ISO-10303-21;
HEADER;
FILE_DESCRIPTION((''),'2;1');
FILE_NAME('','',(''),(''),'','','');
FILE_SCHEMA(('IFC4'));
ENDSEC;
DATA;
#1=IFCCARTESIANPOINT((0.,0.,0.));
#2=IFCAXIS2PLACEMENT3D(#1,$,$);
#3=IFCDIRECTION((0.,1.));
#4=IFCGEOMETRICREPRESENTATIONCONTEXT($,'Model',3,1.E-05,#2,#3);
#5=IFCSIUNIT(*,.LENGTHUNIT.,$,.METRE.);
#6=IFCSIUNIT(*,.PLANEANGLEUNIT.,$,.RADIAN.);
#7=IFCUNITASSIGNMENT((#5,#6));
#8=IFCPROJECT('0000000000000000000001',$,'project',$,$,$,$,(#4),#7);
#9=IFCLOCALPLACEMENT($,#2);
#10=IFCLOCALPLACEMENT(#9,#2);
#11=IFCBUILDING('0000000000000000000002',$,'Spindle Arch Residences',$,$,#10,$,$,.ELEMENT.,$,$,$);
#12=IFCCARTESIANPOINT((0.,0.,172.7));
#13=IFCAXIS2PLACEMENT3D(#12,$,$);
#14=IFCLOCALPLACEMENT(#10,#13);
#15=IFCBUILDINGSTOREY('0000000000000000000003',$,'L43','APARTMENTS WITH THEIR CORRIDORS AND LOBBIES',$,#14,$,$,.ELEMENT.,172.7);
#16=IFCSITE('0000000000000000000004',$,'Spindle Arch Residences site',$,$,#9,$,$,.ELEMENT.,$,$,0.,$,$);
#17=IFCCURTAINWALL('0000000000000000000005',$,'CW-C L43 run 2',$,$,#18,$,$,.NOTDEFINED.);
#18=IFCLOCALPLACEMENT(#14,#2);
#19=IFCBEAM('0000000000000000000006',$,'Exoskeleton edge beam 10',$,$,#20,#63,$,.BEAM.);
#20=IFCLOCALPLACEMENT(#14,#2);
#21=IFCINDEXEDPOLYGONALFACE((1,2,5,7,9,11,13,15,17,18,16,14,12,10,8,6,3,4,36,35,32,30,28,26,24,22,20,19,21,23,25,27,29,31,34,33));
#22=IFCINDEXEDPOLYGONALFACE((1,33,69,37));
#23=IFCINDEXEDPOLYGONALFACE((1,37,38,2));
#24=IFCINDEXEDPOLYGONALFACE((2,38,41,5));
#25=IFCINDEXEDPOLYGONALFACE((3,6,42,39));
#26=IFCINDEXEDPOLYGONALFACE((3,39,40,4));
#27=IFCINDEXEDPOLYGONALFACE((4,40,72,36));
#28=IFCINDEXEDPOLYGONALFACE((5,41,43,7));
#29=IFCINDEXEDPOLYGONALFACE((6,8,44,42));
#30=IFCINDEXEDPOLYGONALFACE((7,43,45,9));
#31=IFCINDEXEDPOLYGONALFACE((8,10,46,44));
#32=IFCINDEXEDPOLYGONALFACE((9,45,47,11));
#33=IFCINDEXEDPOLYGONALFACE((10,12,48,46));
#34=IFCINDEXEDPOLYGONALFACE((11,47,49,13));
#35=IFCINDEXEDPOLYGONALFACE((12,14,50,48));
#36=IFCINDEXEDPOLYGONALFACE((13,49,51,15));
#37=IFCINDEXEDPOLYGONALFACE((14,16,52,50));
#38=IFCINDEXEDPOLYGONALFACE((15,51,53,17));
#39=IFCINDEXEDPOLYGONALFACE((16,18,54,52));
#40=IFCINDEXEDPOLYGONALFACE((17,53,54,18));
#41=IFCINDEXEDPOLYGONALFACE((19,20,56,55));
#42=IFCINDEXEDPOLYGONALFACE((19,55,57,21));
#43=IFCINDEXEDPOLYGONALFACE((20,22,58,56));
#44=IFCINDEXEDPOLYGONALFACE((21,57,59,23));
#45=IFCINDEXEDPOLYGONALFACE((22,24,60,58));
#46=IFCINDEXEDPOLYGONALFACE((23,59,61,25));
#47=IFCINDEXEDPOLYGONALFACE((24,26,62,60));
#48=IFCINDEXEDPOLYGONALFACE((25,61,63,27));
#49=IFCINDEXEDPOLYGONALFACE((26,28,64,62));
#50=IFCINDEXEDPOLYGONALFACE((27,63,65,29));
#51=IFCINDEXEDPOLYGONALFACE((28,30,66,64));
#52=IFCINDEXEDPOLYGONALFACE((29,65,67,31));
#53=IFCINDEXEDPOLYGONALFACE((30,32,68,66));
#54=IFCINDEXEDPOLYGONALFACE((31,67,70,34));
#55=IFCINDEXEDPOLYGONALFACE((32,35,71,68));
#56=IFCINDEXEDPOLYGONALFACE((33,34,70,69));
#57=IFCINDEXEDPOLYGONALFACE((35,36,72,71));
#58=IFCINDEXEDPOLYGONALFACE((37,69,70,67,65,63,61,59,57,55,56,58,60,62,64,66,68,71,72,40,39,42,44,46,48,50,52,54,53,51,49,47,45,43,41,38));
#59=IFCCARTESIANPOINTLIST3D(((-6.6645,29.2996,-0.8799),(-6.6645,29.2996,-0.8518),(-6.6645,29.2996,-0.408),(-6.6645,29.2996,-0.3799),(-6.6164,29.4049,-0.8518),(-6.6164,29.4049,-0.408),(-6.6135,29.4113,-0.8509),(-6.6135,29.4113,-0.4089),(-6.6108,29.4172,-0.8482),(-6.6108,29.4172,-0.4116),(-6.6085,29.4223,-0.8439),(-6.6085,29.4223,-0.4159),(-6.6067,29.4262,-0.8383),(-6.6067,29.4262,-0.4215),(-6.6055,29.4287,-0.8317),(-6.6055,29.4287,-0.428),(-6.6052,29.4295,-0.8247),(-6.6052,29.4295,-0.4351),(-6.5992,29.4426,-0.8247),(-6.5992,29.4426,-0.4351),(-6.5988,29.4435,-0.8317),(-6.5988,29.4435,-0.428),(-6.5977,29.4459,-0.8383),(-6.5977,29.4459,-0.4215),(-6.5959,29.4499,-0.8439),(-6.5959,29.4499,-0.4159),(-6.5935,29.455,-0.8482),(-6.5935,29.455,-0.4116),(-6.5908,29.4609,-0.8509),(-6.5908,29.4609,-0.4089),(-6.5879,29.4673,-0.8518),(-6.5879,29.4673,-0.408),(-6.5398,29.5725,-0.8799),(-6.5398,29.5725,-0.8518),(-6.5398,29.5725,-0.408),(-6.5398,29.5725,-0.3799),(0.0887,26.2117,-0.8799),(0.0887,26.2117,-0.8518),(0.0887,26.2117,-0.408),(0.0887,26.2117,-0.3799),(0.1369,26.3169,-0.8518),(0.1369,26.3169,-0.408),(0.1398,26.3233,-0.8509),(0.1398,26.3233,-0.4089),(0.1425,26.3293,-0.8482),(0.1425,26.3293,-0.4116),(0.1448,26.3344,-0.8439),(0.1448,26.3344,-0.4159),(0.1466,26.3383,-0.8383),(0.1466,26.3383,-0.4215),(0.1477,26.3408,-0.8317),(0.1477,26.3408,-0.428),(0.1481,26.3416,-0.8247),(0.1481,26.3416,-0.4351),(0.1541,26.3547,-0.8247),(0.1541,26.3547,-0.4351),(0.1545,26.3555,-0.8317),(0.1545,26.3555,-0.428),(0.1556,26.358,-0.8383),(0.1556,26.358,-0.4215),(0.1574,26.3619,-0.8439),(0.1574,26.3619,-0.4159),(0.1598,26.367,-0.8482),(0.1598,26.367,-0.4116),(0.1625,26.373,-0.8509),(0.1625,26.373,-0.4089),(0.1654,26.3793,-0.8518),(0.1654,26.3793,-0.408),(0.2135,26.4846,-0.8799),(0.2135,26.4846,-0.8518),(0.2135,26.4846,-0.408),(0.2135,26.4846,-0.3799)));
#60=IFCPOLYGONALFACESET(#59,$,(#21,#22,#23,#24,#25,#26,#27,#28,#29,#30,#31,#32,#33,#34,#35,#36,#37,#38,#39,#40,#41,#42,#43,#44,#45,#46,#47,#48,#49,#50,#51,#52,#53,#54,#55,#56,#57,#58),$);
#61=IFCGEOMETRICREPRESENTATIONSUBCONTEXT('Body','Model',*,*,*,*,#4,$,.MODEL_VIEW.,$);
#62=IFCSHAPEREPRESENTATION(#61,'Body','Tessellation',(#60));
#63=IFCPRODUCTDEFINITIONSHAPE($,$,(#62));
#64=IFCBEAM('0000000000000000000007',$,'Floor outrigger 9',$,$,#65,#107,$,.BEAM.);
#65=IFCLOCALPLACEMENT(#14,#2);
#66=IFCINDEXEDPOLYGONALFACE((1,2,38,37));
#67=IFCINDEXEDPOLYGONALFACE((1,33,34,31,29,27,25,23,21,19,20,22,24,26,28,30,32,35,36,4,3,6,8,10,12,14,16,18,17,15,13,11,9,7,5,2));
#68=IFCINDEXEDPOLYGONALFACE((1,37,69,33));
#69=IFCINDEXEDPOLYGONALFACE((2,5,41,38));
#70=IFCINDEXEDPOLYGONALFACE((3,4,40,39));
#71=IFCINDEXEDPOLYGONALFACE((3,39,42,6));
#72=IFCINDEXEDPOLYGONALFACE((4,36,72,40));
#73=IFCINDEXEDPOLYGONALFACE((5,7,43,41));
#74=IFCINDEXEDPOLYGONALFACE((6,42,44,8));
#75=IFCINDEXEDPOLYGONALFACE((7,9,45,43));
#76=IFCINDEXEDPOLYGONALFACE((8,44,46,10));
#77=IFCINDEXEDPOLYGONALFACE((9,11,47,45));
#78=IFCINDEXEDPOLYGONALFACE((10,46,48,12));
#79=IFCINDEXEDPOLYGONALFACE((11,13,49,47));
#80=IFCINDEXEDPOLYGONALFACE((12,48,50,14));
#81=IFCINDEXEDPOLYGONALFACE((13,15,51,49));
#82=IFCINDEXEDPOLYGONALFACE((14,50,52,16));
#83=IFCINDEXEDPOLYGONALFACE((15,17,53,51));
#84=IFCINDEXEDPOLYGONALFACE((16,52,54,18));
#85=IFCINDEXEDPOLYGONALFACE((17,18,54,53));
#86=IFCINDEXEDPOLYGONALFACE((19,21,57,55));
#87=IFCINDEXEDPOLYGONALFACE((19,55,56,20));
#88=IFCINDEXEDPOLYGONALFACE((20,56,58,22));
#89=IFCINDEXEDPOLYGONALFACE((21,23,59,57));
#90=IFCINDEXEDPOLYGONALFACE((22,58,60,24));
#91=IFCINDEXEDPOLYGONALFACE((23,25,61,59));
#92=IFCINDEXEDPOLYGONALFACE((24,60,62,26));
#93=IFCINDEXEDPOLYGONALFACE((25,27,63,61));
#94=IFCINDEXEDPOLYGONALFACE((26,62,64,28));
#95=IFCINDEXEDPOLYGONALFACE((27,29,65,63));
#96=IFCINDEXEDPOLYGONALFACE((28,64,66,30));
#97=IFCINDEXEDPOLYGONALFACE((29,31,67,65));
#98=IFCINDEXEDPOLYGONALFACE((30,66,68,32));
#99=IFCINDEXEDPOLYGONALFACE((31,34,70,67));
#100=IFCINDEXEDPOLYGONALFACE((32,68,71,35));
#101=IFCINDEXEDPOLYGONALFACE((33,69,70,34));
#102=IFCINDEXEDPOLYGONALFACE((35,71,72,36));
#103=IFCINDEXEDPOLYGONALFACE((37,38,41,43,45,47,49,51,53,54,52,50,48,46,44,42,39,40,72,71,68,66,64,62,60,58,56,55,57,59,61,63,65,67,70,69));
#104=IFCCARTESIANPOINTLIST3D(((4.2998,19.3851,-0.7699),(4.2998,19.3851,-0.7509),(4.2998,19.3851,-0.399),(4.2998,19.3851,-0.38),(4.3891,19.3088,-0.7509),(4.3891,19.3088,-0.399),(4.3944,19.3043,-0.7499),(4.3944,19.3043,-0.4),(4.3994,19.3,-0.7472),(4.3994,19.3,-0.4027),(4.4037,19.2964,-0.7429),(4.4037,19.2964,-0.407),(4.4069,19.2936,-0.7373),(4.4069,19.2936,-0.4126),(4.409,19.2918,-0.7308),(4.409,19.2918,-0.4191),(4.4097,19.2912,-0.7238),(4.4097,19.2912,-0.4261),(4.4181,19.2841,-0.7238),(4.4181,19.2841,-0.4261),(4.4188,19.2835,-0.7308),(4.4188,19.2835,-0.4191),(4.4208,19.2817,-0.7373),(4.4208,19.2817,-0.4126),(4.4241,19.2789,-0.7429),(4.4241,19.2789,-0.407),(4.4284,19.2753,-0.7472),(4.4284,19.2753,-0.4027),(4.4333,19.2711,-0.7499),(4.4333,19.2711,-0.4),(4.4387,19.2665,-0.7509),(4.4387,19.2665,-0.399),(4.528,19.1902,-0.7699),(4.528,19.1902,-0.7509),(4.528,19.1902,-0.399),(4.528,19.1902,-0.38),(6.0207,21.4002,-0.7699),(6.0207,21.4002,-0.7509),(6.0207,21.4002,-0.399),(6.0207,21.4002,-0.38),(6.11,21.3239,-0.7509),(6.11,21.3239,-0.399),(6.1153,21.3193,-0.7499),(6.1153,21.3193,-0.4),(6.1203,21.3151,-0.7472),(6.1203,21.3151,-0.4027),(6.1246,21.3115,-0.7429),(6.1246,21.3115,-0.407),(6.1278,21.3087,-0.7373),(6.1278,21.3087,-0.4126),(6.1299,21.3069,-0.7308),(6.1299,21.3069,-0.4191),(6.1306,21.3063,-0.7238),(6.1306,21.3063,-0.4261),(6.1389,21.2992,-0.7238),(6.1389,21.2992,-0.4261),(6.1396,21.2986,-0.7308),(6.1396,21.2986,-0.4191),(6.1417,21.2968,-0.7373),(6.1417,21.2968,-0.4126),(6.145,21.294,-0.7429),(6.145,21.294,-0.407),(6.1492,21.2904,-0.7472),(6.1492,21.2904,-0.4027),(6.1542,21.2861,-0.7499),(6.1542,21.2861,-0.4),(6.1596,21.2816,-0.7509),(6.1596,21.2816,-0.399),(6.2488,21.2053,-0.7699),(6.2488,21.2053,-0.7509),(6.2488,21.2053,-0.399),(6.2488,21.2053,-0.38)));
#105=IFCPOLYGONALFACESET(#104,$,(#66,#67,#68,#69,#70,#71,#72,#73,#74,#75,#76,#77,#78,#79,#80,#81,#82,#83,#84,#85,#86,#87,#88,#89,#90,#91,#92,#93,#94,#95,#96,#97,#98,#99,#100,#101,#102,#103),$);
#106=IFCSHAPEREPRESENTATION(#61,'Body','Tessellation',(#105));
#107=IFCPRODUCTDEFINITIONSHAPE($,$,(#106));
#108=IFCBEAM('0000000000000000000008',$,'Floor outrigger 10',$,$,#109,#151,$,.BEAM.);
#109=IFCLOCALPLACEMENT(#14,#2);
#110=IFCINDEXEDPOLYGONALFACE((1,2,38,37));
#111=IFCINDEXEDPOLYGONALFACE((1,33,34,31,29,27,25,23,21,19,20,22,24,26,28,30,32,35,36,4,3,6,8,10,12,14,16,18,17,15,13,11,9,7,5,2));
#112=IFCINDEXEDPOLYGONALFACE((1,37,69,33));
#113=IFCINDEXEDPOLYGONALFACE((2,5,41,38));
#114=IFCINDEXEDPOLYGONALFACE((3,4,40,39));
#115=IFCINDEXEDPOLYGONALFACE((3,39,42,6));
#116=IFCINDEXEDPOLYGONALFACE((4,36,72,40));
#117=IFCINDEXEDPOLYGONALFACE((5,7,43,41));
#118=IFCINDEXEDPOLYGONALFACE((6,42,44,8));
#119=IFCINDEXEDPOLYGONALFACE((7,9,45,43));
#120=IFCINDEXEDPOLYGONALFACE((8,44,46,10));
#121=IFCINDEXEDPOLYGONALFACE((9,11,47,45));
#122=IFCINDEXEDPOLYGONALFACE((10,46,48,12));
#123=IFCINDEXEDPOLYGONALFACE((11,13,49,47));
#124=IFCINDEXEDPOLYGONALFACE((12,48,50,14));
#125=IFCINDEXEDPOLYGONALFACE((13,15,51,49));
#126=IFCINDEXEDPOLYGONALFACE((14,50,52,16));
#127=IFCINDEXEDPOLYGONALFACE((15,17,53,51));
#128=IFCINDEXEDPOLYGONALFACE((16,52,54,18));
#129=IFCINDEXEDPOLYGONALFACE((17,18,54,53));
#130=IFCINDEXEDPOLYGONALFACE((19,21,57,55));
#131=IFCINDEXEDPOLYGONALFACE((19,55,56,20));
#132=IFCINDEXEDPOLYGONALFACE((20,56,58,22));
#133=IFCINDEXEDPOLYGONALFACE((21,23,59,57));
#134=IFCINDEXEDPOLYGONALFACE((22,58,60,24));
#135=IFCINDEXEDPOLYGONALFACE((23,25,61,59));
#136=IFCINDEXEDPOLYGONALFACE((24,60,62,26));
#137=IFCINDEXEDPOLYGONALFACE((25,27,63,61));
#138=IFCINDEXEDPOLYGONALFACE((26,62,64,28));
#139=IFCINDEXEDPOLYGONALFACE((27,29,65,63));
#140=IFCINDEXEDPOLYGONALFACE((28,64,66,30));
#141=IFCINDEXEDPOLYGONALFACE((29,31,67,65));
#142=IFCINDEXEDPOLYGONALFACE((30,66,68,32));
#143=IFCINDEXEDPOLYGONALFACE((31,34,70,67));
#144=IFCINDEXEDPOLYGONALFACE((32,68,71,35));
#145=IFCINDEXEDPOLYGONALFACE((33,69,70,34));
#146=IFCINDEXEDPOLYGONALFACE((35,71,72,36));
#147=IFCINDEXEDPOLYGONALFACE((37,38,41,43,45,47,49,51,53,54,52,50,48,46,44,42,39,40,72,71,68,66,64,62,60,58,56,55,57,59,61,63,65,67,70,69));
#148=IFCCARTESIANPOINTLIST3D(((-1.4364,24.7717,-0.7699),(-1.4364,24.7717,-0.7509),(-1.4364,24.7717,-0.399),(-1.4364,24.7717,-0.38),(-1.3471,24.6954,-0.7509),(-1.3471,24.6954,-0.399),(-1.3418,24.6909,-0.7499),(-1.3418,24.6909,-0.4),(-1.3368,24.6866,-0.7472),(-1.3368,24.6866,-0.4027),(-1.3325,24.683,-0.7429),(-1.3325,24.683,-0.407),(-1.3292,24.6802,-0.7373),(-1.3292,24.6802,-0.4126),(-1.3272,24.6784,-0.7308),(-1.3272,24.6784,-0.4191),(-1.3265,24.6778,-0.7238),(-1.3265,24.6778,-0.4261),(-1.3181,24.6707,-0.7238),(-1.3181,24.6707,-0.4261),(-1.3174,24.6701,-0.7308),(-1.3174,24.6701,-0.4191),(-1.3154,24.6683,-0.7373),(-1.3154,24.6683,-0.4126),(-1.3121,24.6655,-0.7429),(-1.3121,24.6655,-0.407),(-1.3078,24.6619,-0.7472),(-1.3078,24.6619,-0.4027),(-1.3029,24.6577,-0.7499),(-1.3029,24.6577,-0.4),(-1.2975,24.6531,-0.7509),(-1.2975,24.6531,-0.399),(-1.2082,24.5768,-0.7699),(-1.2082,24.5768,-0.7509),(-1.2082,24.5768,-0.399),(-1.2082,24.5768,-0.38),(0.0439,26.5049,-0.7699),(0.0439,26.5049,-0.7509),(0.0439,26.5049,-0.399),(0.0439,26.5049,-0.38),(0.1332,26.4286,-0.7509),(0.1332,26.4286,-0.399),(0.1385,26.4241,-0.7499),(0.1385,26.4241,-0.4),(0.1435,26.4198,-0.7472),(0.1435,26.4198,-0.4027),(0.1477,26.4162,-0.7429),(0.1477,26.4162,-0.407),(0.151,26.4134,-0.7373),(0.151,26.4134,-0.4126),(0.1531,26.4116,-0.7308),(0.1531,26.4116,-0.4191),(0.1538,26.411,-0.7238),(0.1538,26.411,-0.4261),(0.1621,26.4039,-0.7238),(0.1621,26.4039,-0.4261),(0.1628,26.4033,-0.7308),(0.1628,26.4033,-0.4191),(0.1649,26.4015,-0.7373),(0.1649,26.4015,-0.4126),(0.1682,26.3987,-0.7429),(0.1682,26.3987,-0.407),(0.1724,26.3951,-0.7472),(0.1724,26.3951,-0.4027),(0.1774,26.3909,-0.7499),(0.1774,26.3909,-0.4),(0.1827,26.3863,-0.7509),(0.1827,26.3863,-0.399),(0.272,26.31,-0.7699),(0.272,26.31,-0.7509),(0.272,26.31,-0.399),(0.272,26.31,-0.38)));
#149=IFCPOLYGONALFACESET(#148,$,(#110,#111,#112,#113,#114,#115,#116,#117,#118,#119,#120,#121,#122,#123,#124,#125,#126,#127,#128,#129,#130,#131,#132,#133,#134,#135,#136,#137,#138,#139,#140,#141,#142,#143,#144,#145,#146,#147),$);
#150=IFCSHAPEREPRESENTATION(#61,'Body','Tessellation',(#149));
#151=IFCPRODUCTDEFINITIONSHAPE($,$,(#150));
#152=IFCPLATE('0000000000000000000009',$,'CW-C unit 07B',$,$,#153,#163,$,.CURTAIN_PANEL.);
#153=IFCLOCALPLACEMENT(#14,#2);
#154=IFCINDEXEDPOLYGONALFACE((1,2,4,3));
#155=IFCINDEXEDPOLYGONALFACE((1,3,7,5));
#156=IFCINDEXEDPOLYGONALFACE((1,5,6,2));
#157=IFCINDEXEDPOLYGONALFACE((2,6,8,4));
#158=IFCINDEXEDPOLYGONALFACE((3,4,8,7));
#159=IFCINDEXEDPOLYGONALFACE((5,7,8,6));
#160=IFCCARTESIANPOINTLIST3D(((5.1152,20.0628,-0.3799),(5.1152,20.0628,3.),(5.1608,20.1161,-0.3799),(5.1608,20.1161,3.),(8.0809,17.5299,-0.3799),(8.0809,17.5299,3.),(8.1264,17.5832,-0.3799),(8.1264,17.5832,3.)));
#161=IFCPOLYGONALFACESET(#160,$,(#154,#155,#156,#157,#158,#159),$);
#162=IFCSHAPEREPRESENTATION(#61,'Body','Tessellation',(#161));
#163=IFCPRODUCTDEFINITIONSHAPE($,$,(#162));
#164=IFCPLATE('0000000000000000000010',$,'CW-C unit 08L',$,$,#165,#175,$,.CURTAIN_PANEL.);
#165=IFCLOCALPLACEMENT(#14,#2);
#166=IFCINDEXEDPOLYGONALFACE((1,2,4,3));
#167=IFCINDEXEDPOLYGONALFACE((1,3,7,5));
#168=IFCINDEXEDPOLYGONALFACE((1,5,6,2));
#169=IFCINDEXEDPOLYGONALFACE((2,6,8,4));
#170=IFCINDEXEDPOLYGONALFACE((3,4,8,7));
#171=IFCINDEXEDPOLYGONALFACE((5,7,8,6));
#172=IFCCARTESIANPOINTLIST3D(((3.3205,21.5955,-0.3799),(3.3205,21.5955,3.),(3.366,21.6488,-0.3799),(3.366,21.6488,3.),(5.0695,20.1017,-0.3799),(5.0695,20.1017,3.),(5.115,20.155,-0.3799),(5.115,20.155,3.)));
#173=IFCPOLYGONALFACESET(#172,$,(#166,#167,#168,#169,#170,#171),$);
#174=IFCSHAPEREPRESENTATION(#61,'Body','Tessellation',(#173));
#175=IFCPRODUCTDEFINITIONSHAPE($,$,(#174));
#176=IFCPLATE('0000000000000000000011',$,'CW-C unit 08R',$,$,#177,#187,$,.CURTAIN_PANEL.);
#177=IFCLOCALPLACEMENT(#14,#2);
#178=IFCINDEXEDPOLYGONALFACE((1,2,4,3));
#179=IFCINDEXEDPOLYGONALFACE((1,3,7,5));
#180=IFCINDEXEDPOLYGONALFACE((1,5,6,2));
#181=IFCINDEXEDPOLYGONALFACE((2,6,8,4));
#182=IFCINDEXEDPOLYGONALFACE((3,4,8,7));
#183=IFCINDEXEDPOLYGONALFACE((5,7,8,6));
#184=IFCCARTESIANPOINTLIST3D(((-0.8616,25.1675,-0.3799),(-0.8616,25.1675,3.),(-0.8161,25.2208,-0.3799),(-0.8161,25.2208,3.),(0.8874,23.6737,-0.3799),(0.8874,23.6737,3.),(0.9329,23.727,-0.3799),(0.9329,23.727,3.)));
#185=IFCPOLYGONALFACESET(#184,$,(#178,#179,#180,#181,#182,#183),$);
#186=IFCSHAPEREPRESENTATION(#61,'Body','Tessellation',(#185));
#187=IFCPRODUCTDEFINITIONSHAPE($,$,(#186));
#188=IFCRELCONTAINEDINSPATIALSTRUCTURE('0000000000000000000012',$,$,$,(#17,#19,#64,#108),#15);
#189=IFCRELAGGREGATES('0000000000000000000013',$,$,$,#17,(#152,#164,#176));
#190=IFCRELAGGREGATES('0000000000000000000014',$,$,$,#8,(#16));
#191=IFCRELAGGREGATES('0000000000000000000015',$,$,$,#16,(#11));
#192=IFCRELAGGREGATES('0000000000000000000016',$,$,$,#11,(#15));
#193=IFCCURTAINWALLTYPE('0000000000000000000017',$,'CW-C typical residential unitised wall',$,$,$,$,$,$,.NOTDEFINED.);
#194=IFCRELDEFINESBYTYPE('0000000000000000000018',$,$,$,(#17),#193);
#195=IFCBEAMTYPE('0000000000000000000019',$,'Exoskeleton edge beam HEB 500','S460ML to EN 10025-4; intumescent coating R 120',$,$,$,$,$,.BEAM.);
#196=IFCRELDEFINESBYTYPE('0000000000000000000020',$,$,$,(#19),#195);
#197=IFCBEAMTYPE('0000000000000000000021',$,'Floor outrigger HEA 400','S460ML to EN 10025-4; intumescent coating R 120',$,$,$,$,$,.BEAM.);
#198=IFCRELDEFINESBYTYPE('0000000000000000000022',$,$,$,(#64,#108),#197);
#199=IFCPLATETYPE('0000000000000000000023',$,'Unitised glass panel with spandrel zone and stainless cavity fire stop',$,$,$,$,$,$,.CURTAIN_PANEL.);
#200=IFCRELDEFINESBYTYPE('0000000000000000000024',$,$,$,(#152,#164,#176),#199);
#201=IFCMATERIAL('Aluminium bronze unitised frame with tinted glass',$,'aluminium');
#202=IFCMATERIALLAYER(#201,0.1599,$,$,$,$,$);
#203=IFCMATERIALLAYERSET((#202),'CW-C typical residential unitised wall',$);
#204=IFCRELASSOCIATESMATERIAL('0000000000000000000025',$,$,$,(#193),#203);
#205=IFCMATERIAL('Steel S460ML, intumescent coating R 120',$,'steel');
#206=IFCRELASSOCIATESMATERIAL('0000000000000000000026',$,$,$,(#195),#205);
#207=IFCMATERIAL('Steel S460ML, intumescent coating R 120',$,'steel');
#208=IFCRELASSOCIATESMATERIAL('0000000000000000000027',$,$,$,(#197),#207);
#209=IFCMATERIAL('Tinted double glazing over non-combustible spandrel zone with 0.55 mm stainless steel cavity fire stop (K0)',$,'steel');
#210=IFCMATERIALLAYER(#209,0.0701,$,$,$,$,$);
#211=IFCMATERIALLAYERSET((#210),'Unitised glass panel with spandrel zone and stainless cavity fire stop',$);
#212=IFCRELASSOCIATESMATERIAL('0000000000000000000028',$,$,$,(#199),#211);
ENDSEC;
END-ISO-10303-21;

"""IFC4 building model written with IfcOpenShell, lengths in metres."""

from ifc_helpers import new_model, si_unit, direction, frame, origin, origin_2d, place, context, subcontext, project, spatial, rectangle, i_section, extrude, material, layer, layer_set, material_profile, profile_set, type_object, element, aggregate, save


model = new_model("IFC4")

# Units and contexts
model_context = context("Model", 3, precision=1e-05, world=origin(), true_north=direction((0.0, 1.0)))
body_context = subcontext(model_context, "Body", "Model", "MODEL_VIEW")
ifc_project = project(units=[si_unit("LENGTHUNIT", "METRE"), si_unit("PLANEANGLEUNIT", "RADIAN")], contexts=[model_context])

# Site, building, storey
site_placement = place(None, origin())
site = spatial("IfcSite", under=ifc_project, at=site_placement, Name="Spindle Arch Residences site", CompositionType="ELEMENT", RefElevation=0.0)
building_placement = place(site_placement, origin())
building = spatial("IfcBuilding", under=site, at=building_placement, Name="Spindle Arch Residences", CompositionType="ELEMENT")
storey_placement = place(building_placement, frame((0.0, 0.0, 172.7)))
storey = spatial("IfcBuildingStorey", under=building, at=storey_placement, Name="L43", Description="APARTMENTS WITH THEIR CORRIDORS AND LOBBIES", CompositionType="ELEMENT", Elevation=172.7)

# Curtain wall
ifc_material_1 = material(Name="Aluminium bronze unitised frame with tinted glass", Category="aluminium")
ifc_layer_1 = layer(ifc_material_1, 0.1599)
ifc_layer_set_1 = layer_set([ifc_layer_1], Name="CW-C typical residential unitised wall")
curtain_wall_type_1 = type_object("IfcCurtainWallType", Name="CW-C typical residential unitised wall", PredefinedType="NOTDEFINED", material=ifc_layer_set_1)
curtain_wall_1_placement = place(storey_placement, origin())
curtain_wall_1 = element("IfcCurtainWall", 1, at=curtain_wall_1_placement, inside=storey, type_object=curtain_wall_type_1, Name="CW-C L43 run 2", PredefinedType="NOTDEFINED")

# Beams
ifc_material_2 = material(Name="Steel S460ML, intumescent coating R 120", Category="steel")
ifc_material_profile_1 = material_profile(ifc_material_2, i_section(OverallWidth=0.3, OverallDepth=0.5, WebThickness=0.0144, FlangeThickness=0.0281, FilletRadius=0.0271, at=origin_2d()), Name="HEB 500")
ifc_profile_set_1 = profile_set([ifc_material_profile_1], Name="Steel S460ML, intumescent coating R 120")
beam_type_1 = type_object("IfcBeamType", Name="Exoskeleton edge beam HEB 500", Description="S460ML to EN 10025-4; intumescent coating R 120", PredefinedType="BEAM", material=ifc_profile_set_1)
beam_1_placement = place(storey_placement, frame((0.1511, 26.3481, -0.6299), z_axis=(-0.909438, 0.415841, 0.0), x_axis=(-0.415841, -0.909438, 0.0)))
element("IfcBeam", 2, at=beam_1_placement, inside=storey, type_object=beam_type_1, Name="Exoskeleton edge beam 10", PredefinedType="BEAM", context=body_context, shape_type="SweptSolid", body=[
    extrude(i_section(OverallWidth=0.3, OverallDepth=0.5, WebThickness=0.0144, FlangeThickness=0.0281, FilletRadius=0.0271, at=origin_2d()), origin(), (0.0, 0.0, 1.0), 7.4258),
])
ifc_material_3 = material(Name="Steel S460ML, intumescent coating R 120", Category="steel")
ifc_material_profile_2 = material_profile(ifc_material_3, i_section(OverallWidth=0.3, OverallDepth=0.3899, WebThickness=0.011, FlangeThickness=0.019, FilletRadius=0.0271, at=origin_2d()), Name="HEA 400")
ifc_profile_set_2 = profile_set([ifc_material_profile_2], Name="Steel S460ML, intumescent coating R 120")
beam_type_2 = type_object("IfcBeamType", Name="Floor outrigger HEA 400", Description="S460ML to EN 10025-4; intumescent coating R 120", PredefinedType="BEAM", material=ifc_profile_set_2)
beam_2_placement = place(storey_placement, frame((6.1348, 21.3027, -0.575), z_axis=(-0.649417, -0.760432, 0.0), x_axis=(0.760432, -0.649417, 0.0)))
element("IfcBeam", 3, at=beam_2_placement, inside=storey, type_object=beam_type_2, Name="Floor outrigger 9", PredefinedType="BEAM", context=body_context, shape_type="SweptSolid", body=[
    extrude(i_section(OverallWidth=0.3, OverallDepth=0.3899, WebThickness=0.011, FlangeThickness=0.019, FilletRadius=0.0271, at=origin_2d()), origin(), (0.0, 0.0, 1.0), 2.6499),
])
beam_3_placement = place(storey_placement, frame((0.158, 26.4075, -0.575), z_axis=(-0.649441, -0.760412, 0.0), x_axis=(0.760412, -0.649441, 0.0)))
element("IfcBeam", 4, at=beam_3_placement, inside=storey, type_object=beam_type_2, Name="Floor outrigger 10", PredefinedType="BEAM", context=body_context, shape_type="SweptSolid", body=[
    extrude(i_section(OverallWidth=0.3, OverallDepth=0.3899, WebThickness=0.011, FlangeThickness=0.019, FilletRadius=0.0271, at=origin_2d()), origin(), (0.0, 0.0, 1.0), 2.2793),
])

# Plates
ifc_material_4 = material(Name="Tinted double glazing over non-combustible spandrel zone with 0.55 mm stainless steel cavity fire stop (K0)", Category="steel")
ifc_layer_2 = layer(ifc_material_4, 0.0701)
ifc_layer_set_2 = layer_set([ifc_layer_2], Name="Unitised glass panel with spandrel zone and stainless cavity fire stop")
plate_type = type_object("IfcPlateType", Name="Unitised glass panel with spandrel zone and stainless cavity fire stop", PredefinedType="CURTAIN_PANEL", material=ifc_layer_set_2)
plate_1_placement = place(storey_placement, frame((6.6208, 18.823, -0.3799), z_axis=(0.0, 0.0, 1.0), x_axis=(-0.760406, 0.649448, 0.0)))
plate_1 = element("IfcPlate", 5, at=plate_1_placement, type_object=plate_type, Name="CW-C unit 07B", PredefinedType="CURTAIN_PANEL", context=body_context, shape_type="SweptSolid", body=[
    extrude(rectangle(XDim=3.9001, YDim=0.0701, at=origin_2d()), origin(), (0.0, 0.0, 1.0), 3.3799),
])
plate_2_placement = place(storey_placement, frame((4.2178, 20.8752, -0.3799), z_axis=(0.0, 0.0, 1.0), x_axis=(-0.760406, 0.649448, 0.0)))
plate_2 = element("IfcPlate", 6, at=plate_2_placement, type_object=plate_type, Name="CW-C unit 08L", PredefinedType="CURTAIN_PANEL", context=body_context, shape_type="SweptSolid", body=[
    extrude(rectangle(XDim=2.3, YDim=0.0701, at=origin_2d()), origin(), (0.0, 0.0, 1.0), 3.3799),
])
plate_3_placement = place(storey_placement, frame((0.0356, 24.4473, -0.3799), z_axis=(0.0, 0.0, 1.0), x_axis=(-0.760406, 0.649448, 0.0)))
plate_3 = element("IfcPlate", 7, at=plate_3_placement, type_object=plate_type, Name="CW-C unit 08R", PredefinedType="CURTAIN_PANEL", context=body_context, shape_type="SweptSolid", body=[
    extrude(rectangle(XDim=2.3, YDim=0.0701, at=origin_2d()), origin(), (0.0, 0.0, 1.0), 3.3799),
])
aggregate(curtain_wall_1, [plate_1, plate_2, plate_3])

save(model, "model.ifc")
